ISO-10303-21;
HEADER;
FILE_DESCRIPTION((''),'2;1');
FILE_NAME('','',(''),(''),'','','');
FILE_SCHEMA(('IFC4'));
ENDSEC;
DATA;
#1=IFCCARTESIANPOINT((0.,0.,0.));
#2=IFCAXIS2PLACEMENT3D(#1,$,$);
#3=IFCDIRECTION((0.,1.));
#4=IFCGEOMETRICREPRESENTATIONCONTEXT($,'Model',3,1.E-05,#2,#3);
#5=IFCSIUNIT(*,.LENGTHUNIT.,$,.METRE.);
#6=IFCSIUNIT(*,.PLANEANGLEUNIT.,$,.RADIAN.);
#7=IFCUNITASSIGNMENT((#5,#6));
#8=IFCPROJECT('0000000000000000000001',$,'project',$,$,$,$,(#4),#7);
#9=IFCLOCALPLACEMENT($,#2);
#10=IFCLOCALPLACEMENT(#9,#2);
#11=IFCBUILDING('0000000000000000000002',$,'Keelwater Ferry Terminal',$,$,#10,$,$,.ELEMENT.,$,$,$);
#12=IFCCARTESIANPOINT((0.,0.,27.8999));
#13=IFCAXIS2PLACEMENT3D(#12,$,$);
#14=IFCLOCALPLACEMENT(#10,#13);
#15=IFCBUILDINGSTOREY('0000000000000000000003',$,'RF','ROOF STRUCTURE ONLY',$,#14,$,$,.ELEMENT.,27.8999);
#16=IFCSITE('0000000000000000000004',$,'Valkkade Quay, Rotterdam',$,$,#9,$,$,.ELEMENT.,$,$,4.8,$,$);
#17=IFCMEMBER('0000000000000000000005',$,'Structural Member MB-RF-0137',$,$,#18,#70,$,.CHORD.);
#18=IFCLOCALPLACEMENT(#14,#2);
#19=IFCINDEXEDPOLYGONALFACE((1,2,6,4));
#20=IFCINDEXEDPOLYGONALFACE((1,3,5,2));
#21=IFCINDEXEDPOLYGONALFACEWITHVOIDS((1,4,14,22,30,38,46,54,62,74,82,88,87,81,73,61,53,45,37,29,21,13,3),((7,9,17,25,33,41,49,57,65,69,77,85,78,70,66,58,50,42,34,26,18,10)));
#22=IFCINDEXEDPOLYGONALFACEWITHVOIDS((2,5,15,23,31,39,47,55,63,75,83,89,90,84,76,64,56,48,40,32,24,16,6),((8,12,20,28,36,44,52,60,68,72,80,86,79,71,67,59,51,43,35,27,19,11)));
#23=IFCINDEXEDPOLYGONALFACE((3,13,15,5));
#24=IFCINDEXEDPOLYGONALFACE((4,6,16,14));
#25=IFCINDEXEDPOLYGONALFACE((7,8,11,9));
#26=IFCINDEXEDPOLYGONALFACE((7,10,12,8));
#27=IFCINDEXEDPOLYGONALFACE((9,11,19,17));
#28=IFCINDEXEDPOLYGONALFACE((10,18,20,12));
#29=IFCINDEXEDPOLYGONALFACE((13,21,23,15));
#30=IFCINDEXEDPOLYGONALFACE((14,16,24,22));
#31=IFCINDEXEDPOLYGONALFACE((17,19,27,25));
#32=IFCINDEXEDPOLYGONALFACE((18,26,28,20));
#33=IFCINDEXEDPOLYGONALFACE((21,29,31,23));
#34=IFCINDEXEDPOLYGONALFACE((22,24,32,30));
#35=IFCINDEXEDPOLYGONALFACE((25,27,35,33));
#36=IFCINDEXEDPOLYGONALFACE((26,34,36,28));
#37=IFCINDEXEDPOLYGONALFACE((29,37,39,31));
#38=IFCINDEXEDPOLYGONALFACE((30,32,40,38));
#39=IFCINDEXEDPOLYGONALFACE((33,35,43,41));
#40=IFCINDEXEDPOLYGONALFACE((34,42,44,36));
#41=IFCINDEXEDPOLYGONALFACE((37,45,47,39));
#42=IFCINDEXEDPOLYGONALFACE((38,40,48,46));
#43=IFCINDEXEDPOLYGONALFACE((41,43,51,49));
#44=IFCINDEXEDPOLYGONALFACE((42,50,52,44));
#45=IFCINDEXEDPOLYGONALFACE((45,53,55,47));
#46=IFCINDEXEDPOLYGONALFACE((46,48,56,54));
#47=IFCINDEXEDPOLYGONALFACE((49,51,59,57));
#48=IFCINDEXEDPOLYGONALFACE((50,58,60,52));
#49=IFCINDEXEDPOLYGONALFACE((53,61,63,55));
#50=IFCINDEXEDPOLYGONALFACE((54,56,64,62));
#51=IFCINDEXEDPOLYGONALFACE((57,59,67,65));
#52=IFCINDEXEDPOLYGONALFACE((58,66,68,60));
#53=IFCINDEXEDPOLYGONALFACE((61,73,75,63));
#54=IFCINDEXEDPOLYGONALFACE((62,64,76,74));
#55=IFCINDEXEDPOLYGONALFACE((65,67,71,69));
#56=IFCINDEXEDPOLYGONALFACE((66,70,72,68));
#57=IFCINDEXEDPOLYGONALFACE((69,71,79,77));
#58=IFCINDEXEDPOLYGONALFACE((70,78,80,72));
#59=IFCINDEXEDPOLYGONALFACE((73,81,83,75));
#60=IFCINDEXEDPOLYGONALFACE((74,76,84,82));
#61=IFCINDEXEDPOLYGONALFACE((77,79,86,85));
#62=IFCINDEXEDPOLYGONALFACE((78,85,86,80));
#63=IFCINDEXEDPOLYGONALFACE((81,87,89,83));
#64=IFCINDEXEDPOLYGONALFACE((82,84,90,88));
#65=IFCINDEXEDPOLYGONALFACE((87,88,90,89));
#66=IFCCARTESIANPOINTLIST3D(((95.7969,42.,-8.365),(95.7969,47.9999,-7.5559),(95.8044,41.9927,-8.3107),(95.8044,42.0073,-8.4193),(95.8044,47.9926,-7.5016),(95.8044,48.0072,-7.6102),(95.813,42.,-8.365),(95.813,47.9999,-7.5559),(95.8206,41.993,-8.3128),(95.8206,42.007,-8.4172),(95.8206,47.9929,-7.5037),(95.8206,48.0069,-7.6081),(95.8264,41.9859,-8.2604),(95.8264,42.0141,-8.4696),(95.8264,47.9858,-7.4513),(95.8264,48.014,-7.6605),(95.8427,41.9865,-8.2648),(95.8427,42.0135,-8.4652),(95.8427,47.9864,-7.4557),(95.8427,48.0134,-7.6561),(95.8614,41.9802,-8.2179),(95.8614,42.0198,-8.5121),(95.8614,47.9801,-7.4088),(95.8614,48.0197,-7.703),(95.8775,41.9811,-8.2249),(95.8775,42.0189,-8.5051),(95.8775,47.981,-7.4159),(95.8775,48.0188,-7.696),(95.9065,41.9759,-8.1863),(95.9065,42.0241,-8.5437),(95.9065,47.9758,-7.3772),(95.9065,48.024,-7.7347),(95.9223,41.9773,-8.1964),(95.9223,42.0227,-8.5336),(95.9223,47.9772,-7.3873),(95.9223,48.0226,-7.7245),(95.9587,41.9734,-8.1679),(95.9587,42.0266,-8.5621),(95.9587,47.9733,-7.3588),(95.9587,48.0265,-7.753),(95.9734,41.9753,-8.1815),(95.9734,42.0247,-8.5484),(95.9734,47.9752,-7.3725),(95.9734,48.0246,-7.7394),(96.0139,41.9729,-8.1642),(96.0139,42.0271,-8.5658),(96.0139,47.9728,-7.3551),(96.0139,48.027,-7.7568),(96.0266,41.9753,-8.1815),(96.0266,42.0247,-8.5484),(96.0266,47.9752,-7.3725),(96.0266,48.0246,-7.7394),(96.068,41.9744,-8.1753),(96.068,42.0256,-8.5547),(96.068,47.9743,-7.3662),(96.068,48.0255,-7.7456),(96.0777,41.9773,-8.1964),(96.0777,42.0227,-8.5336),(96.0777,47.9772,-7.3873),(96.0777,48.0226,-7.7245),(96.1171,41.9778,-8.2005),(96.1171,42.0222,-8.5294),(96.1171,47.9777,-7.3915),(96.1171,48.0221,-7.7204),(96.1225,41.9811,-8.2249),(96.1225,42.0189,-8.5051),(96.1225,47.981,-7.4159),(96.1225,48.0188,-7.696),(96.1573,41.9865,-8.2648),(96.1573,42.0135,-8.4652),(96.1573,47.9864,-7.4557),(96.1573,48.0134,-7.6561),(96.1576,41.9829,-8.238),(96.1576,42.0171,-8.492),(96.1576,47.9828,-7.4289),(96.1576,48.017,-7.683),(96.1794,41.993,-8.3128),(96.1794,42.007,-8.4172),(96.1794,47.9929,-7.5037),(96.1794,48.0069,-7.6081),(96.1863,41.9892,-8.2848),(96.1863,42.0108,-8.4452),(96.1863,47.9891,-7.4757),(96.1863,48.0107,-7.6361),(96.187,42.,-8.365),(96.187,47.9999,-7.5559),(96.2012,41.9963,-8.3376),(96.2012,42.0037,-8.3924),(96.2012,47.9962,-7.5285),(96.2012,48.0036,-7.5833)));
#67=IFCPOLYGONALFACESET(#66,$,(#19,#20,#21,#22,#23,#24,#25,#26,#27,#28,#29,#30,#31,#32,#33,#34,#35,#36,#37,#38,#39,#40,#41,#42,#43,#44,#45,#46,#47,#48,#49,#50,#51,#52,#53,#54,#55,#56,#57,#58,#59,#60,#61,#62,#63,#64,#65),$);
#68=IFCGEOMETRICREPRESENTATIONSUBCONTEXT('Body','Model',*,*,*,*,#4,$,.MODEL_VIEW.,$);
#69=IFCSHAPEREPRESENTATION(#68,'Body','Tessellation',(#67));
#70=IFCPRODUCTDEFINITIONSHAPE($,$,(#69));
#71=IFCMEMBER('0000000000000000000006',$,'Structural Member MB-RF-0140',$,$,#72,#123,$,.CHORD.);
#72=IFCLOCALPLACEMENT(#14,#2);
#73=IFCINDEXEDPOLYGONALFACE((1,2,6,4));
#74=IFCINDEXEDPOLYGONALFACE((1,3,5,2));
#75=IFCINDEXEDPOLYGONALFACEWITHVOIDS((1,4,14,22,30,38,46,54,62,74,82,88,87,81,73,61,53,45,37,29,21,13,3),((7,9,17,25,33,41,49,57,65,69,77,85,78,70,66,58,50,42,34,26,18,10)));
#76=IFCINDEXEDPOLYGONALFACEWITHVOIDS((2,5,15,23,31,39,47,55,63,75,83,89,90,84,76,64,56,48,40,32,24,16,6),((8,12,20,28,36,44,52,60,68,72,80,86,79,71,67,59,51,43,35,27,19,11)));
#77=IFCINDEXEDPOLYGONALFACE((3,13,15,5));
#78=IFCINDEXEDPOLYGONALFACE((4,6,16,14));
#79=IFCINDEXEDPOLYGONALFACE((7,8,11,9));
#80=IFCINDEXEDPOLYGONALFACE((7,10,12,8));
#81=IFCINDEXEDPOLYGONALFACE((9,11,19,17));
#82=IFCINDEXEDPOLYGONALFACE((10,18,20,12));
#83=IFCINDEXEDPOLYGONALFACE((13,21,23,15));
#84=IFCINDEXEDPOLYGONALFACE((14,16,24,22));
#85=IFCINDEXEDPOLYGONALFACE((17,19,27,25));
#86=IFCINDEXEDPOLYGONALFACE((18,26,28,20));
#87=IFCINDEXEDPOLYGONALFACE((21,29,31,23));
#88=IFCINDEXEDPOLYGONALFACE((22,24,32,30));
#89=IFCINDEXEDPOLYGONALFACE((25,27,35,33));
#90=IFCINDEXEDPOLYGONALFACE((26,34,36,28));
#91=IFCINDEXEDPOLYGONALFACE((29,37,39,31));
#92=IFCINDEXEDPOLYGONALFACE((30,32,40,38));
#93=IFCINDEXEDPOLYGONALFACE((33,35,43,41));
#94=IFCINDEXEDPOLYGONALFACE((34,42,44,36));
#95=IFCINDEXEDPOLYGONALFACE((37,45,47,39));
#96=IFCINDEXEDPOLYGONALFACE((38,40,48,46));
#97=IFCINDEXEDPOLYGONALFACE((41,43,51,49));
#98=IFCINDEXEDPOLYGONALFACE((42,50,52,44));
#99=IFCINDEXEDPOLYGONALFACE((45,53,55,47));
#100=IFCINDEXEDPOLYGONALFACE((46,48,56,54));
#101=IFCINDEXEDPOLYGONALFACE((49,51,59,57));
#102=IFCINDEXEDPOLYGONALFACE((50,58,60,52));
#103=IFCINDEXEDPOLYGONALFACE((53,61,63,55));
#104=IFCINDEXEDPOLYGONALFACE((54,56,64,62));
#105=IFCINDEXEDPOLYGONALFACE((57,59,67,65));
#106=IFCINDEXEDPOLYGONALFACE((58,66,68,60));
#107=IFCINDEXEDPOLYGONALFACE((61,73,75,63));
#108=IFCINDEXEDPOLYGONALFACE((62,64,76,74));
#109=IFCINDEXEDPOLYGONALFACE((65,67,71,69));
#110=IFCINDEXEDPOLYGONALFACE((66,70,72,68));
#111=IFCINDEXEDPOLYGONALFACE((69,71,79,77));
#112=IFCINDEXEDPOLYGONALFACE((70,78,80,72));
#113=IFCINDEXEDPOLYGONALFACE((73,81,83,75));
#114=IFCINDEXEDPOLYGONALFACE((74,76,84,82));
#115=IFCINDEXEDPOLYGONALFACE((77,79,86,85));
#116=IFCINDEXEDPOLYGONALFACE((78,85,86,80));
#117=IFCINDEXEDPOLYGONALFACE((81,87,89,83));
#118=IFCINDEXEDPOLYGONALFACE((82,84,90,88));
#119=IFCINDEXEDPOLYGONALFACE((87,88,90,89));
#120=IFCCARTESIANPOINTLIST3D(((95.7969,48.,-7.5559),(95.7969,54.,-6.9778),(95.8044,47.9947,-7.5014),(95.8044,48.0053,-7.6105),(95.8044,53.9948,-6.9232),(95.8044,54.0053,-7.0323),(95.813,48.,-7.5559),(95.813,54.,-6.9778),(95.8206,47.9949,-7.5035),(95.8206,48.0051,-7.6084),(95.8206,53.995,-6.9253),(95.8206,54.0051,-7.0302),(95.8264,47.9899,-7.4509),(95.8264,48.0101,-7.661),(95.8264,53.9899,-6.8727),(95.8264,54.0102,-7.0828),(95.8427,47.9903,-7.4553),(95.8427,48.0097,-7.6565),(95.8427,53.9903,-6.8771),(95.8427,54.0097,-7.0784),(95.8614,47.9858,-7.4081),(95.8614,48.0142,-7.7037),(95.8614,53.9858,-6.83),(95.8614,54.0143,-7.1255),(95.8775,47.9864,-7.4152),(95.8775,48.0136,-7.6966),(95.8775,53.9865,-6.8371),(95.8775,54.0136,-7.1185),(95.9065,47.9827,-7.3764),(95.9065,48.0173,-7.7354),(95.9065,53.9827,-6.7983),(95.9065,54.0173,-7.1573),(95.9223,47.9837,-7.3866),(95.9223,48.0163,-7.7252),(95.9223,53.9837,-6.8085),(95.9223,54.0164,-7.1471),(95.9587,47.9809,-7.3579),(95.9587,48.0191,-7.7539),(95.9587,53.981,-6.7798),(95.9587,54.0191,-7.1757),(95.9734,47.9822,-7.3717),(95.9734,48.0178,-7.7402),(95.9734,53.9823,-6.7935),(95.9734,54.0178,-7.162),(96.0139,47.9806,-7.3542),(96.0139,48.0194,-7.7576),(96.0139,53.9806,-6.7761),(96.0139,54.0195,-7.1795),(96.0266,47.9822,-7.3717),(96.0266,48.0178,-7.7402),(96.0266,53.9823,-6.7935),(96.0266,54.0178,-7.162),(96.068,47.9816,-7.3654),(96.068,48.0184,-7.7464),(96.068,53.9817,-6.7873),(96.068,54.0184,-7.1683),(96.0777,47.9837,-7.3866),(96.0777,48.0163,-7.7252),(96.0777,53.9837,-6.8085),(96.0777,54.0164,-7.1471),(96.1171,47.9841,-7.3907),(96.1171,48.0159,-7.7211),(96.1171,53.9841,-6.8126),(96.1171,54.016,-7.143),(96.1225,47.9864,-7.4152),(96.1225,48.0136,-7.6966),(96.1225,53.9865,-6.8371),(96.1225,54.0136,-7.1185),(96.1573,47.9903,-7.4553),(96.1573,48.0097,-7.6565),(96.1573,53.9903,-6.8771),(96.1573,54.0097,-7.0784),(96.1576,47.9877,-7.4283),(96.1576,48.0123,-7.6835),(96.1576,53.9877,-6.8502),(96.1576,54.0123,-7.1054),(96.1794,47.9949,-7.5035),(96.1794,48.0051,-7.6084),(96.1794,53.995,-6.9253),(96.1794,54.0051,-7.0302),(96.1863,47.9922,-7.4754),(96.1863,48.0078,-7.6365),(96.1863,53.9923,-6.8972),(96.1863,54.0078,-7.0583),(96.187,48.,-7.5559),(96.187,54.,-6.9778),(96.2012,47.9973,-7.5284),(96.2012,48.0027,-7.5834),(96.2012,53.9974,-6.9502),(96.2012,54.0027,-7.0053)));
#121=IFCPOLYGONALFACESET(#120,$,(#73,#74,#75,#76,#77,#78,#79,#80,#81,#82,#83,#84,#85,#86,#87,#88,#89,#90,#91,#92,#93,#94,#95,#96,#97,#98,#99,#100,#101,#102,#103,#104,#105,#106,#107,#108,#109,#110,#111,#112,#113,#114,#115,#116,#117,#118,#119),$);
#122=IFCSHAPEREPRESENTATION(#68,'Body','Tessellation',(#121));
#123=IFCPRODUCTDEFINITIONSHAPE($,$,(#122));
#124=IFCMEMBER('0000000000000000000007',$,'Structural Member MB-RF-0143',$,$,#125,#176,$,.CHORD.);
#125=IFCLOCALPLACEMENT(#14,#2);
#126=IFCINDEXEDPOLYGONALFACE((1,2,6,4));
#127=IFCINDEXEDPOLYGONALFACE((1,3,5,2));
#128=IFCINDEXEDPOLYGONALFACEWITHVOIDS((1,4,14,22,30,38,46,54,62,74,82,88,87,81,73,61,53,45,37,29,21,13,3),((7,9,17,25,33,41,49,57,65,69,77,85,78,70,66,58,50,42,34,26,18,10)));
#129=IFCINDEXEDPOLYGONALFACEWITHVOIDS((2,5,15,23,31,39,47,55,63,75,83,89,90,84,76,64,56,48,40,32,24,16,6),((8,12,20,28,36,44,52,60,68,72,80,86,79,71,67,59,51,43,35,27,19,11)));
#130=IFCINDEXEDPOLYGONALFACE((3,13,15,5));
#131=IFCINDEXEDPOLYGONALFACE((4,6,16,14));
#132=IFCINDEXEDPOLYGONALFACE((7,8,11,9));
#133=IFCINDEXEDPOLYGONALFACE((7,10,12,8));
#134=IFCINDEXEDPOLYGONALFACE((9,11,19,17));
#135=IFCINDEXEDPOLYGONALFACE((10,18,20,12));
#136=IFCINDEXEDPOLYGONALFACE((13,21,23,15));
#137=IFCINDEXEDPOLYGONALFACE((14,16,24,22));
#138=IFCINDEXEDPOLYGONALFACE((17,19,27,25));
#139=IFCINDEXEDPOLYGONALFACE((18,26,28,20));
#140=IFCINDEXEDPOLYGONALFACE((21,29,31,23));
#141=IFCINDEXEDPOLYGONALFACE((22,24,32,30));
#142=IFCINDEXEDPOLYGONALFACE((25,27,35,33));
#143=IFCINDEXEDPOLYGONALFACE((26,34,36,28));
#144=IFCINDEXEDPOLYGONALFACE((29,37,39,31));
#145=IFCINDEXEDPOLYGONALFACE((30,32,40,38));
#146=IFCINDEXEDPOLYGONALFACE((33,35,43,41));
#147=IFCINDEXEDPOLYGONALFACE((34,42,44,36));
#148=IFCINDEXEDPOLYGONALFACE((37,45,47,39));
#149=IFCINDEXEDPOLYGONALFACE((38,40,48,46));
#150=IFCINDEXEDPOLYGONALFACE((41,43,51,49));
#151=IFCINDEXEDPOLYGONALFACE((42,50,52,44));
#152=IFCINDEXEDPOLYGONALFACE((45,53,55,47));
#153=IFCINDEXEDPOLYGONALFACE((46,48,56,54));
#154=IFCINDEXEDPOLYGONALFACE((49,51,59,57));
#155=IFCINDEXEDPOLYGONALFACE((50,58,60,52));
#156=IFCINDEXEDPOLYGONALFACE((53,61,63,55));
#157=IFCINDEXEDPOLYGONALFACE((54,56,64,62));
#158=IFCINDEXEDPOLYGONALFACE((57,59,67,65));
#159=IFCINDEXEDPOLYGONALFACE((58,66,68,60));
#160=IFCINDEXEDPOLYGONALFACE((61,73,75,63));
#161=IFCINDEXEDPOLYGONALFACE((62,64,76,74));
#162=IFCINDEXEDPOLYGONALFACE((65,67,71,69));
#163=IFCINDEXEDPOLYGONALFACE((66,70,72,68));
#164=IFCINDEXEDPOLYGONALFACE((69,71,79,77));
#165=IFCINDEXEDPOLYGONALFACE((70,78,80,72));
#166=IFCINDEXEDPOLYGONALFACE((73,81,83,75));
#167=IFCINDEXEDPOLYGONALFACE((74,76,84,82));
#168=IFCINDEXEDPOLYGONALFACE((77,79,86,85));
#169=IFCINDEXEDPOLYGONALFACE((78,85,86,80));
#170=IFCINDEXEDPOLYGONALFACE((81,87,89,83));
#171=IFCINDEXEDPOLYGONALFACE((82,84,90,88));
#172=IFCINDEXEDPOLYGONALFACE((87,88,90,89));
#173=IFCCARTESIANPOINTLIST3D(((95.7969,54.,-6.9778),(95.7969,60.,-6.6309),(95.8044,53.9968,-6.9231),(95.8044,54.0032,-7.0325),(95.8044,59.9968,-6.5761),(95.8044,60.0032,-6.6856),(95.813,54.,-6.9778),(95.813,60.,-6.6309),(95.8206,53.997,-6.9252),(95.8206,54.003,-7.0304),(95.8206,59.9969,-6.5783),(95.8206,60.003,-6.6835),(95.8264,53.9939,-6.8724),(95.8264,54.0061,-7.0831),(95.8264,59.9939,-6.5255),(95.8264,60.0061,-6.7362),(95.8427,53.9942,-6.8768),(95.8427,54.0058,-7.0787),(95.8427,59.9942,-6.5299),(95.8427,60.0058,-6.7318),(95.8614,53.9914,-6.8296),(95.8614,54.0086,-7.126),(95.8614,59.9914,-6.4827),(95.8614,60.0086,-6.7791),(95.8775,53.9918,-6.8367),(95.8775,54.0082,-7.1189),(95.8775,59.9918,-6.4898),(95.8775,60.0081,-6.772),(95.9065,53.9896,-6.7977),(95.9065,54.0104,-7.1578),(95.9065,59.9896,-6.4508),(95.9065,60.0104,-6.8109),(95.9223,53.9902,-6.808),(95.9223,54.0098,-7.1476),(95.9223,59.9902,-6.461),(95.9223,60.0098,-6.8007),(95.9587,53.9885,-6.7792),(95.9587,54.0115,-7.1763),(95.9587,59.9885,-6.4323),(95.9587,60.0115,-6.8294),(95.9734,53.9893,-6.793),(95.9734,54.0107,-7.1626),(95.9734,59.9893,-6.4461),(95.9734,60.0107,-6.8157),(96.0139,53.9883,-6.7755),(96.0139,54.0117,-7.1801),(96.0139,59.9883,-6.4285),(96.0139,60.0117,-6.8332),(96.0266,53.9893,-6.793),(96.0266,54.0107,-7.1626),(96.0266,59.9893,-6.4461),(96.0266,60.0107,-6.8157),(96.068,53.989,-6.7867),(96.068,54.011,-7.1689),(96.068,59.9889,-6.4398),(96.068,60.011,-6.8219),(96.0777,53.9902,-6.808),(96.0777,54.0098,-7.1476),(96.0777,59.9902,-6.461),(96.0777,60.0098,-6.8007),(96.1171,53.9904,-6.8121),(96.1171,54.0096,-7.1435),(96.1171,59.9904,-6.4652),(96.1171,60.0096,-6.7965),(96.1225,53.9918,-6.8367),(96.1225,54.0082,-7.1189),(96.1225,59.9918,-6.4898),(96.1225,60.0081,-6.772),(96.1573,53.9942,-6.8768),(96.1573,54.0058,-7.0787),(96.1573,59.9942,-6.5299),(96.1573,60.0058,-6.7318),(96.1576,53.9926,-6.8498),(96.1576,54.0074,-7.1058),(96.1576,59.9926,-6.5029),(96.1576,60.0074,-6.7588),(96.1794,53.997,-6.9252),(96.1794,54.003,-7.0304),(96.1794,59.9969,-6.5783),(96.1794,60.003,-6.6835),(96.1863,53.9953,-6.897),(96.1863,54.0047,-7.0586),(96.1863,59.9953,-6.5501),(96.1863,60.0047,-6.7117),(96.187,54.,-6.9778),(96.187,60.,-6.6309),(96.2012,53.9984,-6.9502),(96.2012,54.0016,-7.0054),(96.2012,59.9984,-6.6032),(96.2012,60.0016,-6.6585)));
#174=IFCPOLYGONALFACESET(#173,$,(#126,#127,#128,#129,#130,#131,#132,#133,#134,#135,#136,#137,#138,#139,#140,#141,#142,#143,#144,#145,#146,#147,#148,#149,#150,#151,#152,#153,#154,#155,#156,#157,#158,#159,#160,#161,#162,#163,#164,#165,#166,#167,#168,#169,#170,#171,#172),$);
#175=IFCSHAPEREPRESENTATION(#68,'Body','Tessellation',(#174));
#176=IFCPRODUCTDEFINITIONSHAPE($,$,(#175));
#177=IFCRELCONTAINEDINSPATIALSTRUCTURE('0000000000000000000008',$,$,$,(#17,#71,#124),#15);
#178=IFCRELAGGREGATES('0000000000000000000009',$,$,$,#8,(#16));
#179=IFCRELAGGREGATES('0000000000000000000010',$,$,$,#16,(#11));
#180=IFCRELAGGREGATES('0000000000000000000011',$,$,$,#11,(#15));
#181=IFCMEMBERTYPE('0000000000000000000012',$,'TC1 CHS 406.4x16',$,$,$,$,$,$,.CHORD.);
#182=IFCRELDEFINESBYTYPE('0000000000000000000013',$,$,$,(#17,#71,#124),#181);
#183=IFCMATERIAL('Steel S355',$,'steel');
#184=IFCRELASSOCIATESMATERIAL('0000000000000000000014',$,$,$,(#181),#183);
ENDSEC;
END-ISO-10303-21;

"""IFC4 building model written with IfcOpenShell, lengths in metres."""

from ifc_helpers import new_model, si_unit, direction, frame, origin, origin_2d, place, context, subcontext, project, spatial, hollow_circle, extrude, material, material_profile, profile_set, type_object, element, save


model = new_model("IFC4")

# Units and contexts
model_context = context("Model", 3, precision=1e-05, world=origin(), true_north=direction((0.0, 1.0)))
body_context = subcontext(model_context, "Body", "Model", "MODEL_VIEW")
ifc_project = project(units=[si_unit("LENGTHUNIT", "METRE"), si_unit("PLANEANGLEUNIT", "RADIAN")], contexts=[model_context])

# Site, building, storey
site_placement = place(None, origin())
site = spatial("IfcSite", under=ifc_project, at=site_placement, Name="Valkkade Quay, Rotterdam", CompositionType="ELEMENT", RefElevation=4.8)
building_placement = place(site_placement, origin())
building = spatial("IfcBuilding", under=site, at=building_placement, Name="Keelwater Ferry Terminal", CompositionType="ELEMENT")
storey_placement = place(building_placement, frame((0.0, 0.0, 27.8999)))
storey = spatial("IfcBuildingStorey", under=building, at=storey_placement, Name="RF", Description="ROOF STRUCTURE ONLY", CompositionType="ELEMENT", Elevation=27.8999)

# Members
ifc_material_1 = material(Name="Steel S355", Category="steel")
ifc_material_profile_1 = material_profile(ifc_material_1, hollow_circle(Radius=0.2031, WallThickness=0.0161, at=origin_2d()), Name="CHS 406.4x16")
ifc_profile_set_1 = profile_set([ifc_material_profile_1], Name="Steel S355")
member_type_1 = type_object("IfcMemberType", Name="TC1 CHS 406.4x16", PredefinedType="CHORD", material=ifc_profile_set_1)
member_1_placement = place(storey_placement, frame((96.0, 42.0, -8.365), z_axis=(0.0, 0.99103, 0.133637), x_axis=(-1.0, 0.0, 0.0)))
element("IfcMember", 1, at=member_1_placement, inside=storey, type_object=member_type_1, Name="Structural Member MB-RF-0137", PredefinedType="CHORD", context=body_context, shape_type="SweptSolid", body=[
    extrude(hollow_circle(Radius=0.2031, WallThickness=0.0161, at=origin_2d()), origin(), (0.0, 0.0, 1.0), 6.0542),
])
member_2_placement = place(storey_placement, frame((96.0, 48.0, -7.5559), z_axis=(0.0, 0.99539, 0.09591), x_axis=(-1.0, 0.0, 0.0)))
element("IfcMember", 2, at=member_2_placement, inside=storey, type_object=member_type_1, Name="Structural Member MB-RF-0140", PredefinedType="CHORD", context=body_context, shape_type="SweptSolid", body=[
    extrude(hollow_circle(Radius=0.2031, WallThickness=0.0161, at=origin_2d()), origin(), (0.0, 0.0, 1.0), 6.0278),
])
member_3_placement = place(storey_placement, frame((96.0, 54.0, -6.9778), z_axis=(0.0, 0.998333, 0.057724), x_axis=(-1.0, 0.0, 0.0)))
element("IfcMember", 3, at=member_3_placement, inside=storey, type_object=member_type_1, Name="Structural Member MB-RF-0143", PredefinedType="CHORD", context=body_context, shape_type="SweptSolid", body=[
    extrude(hollow_circle(Radius=0.2031, WallThickness=0.0161, at=origin_2d()), origin(), (0.0, 0.0, 1.0), 6.01),
])

save(model, "model.ifc")
